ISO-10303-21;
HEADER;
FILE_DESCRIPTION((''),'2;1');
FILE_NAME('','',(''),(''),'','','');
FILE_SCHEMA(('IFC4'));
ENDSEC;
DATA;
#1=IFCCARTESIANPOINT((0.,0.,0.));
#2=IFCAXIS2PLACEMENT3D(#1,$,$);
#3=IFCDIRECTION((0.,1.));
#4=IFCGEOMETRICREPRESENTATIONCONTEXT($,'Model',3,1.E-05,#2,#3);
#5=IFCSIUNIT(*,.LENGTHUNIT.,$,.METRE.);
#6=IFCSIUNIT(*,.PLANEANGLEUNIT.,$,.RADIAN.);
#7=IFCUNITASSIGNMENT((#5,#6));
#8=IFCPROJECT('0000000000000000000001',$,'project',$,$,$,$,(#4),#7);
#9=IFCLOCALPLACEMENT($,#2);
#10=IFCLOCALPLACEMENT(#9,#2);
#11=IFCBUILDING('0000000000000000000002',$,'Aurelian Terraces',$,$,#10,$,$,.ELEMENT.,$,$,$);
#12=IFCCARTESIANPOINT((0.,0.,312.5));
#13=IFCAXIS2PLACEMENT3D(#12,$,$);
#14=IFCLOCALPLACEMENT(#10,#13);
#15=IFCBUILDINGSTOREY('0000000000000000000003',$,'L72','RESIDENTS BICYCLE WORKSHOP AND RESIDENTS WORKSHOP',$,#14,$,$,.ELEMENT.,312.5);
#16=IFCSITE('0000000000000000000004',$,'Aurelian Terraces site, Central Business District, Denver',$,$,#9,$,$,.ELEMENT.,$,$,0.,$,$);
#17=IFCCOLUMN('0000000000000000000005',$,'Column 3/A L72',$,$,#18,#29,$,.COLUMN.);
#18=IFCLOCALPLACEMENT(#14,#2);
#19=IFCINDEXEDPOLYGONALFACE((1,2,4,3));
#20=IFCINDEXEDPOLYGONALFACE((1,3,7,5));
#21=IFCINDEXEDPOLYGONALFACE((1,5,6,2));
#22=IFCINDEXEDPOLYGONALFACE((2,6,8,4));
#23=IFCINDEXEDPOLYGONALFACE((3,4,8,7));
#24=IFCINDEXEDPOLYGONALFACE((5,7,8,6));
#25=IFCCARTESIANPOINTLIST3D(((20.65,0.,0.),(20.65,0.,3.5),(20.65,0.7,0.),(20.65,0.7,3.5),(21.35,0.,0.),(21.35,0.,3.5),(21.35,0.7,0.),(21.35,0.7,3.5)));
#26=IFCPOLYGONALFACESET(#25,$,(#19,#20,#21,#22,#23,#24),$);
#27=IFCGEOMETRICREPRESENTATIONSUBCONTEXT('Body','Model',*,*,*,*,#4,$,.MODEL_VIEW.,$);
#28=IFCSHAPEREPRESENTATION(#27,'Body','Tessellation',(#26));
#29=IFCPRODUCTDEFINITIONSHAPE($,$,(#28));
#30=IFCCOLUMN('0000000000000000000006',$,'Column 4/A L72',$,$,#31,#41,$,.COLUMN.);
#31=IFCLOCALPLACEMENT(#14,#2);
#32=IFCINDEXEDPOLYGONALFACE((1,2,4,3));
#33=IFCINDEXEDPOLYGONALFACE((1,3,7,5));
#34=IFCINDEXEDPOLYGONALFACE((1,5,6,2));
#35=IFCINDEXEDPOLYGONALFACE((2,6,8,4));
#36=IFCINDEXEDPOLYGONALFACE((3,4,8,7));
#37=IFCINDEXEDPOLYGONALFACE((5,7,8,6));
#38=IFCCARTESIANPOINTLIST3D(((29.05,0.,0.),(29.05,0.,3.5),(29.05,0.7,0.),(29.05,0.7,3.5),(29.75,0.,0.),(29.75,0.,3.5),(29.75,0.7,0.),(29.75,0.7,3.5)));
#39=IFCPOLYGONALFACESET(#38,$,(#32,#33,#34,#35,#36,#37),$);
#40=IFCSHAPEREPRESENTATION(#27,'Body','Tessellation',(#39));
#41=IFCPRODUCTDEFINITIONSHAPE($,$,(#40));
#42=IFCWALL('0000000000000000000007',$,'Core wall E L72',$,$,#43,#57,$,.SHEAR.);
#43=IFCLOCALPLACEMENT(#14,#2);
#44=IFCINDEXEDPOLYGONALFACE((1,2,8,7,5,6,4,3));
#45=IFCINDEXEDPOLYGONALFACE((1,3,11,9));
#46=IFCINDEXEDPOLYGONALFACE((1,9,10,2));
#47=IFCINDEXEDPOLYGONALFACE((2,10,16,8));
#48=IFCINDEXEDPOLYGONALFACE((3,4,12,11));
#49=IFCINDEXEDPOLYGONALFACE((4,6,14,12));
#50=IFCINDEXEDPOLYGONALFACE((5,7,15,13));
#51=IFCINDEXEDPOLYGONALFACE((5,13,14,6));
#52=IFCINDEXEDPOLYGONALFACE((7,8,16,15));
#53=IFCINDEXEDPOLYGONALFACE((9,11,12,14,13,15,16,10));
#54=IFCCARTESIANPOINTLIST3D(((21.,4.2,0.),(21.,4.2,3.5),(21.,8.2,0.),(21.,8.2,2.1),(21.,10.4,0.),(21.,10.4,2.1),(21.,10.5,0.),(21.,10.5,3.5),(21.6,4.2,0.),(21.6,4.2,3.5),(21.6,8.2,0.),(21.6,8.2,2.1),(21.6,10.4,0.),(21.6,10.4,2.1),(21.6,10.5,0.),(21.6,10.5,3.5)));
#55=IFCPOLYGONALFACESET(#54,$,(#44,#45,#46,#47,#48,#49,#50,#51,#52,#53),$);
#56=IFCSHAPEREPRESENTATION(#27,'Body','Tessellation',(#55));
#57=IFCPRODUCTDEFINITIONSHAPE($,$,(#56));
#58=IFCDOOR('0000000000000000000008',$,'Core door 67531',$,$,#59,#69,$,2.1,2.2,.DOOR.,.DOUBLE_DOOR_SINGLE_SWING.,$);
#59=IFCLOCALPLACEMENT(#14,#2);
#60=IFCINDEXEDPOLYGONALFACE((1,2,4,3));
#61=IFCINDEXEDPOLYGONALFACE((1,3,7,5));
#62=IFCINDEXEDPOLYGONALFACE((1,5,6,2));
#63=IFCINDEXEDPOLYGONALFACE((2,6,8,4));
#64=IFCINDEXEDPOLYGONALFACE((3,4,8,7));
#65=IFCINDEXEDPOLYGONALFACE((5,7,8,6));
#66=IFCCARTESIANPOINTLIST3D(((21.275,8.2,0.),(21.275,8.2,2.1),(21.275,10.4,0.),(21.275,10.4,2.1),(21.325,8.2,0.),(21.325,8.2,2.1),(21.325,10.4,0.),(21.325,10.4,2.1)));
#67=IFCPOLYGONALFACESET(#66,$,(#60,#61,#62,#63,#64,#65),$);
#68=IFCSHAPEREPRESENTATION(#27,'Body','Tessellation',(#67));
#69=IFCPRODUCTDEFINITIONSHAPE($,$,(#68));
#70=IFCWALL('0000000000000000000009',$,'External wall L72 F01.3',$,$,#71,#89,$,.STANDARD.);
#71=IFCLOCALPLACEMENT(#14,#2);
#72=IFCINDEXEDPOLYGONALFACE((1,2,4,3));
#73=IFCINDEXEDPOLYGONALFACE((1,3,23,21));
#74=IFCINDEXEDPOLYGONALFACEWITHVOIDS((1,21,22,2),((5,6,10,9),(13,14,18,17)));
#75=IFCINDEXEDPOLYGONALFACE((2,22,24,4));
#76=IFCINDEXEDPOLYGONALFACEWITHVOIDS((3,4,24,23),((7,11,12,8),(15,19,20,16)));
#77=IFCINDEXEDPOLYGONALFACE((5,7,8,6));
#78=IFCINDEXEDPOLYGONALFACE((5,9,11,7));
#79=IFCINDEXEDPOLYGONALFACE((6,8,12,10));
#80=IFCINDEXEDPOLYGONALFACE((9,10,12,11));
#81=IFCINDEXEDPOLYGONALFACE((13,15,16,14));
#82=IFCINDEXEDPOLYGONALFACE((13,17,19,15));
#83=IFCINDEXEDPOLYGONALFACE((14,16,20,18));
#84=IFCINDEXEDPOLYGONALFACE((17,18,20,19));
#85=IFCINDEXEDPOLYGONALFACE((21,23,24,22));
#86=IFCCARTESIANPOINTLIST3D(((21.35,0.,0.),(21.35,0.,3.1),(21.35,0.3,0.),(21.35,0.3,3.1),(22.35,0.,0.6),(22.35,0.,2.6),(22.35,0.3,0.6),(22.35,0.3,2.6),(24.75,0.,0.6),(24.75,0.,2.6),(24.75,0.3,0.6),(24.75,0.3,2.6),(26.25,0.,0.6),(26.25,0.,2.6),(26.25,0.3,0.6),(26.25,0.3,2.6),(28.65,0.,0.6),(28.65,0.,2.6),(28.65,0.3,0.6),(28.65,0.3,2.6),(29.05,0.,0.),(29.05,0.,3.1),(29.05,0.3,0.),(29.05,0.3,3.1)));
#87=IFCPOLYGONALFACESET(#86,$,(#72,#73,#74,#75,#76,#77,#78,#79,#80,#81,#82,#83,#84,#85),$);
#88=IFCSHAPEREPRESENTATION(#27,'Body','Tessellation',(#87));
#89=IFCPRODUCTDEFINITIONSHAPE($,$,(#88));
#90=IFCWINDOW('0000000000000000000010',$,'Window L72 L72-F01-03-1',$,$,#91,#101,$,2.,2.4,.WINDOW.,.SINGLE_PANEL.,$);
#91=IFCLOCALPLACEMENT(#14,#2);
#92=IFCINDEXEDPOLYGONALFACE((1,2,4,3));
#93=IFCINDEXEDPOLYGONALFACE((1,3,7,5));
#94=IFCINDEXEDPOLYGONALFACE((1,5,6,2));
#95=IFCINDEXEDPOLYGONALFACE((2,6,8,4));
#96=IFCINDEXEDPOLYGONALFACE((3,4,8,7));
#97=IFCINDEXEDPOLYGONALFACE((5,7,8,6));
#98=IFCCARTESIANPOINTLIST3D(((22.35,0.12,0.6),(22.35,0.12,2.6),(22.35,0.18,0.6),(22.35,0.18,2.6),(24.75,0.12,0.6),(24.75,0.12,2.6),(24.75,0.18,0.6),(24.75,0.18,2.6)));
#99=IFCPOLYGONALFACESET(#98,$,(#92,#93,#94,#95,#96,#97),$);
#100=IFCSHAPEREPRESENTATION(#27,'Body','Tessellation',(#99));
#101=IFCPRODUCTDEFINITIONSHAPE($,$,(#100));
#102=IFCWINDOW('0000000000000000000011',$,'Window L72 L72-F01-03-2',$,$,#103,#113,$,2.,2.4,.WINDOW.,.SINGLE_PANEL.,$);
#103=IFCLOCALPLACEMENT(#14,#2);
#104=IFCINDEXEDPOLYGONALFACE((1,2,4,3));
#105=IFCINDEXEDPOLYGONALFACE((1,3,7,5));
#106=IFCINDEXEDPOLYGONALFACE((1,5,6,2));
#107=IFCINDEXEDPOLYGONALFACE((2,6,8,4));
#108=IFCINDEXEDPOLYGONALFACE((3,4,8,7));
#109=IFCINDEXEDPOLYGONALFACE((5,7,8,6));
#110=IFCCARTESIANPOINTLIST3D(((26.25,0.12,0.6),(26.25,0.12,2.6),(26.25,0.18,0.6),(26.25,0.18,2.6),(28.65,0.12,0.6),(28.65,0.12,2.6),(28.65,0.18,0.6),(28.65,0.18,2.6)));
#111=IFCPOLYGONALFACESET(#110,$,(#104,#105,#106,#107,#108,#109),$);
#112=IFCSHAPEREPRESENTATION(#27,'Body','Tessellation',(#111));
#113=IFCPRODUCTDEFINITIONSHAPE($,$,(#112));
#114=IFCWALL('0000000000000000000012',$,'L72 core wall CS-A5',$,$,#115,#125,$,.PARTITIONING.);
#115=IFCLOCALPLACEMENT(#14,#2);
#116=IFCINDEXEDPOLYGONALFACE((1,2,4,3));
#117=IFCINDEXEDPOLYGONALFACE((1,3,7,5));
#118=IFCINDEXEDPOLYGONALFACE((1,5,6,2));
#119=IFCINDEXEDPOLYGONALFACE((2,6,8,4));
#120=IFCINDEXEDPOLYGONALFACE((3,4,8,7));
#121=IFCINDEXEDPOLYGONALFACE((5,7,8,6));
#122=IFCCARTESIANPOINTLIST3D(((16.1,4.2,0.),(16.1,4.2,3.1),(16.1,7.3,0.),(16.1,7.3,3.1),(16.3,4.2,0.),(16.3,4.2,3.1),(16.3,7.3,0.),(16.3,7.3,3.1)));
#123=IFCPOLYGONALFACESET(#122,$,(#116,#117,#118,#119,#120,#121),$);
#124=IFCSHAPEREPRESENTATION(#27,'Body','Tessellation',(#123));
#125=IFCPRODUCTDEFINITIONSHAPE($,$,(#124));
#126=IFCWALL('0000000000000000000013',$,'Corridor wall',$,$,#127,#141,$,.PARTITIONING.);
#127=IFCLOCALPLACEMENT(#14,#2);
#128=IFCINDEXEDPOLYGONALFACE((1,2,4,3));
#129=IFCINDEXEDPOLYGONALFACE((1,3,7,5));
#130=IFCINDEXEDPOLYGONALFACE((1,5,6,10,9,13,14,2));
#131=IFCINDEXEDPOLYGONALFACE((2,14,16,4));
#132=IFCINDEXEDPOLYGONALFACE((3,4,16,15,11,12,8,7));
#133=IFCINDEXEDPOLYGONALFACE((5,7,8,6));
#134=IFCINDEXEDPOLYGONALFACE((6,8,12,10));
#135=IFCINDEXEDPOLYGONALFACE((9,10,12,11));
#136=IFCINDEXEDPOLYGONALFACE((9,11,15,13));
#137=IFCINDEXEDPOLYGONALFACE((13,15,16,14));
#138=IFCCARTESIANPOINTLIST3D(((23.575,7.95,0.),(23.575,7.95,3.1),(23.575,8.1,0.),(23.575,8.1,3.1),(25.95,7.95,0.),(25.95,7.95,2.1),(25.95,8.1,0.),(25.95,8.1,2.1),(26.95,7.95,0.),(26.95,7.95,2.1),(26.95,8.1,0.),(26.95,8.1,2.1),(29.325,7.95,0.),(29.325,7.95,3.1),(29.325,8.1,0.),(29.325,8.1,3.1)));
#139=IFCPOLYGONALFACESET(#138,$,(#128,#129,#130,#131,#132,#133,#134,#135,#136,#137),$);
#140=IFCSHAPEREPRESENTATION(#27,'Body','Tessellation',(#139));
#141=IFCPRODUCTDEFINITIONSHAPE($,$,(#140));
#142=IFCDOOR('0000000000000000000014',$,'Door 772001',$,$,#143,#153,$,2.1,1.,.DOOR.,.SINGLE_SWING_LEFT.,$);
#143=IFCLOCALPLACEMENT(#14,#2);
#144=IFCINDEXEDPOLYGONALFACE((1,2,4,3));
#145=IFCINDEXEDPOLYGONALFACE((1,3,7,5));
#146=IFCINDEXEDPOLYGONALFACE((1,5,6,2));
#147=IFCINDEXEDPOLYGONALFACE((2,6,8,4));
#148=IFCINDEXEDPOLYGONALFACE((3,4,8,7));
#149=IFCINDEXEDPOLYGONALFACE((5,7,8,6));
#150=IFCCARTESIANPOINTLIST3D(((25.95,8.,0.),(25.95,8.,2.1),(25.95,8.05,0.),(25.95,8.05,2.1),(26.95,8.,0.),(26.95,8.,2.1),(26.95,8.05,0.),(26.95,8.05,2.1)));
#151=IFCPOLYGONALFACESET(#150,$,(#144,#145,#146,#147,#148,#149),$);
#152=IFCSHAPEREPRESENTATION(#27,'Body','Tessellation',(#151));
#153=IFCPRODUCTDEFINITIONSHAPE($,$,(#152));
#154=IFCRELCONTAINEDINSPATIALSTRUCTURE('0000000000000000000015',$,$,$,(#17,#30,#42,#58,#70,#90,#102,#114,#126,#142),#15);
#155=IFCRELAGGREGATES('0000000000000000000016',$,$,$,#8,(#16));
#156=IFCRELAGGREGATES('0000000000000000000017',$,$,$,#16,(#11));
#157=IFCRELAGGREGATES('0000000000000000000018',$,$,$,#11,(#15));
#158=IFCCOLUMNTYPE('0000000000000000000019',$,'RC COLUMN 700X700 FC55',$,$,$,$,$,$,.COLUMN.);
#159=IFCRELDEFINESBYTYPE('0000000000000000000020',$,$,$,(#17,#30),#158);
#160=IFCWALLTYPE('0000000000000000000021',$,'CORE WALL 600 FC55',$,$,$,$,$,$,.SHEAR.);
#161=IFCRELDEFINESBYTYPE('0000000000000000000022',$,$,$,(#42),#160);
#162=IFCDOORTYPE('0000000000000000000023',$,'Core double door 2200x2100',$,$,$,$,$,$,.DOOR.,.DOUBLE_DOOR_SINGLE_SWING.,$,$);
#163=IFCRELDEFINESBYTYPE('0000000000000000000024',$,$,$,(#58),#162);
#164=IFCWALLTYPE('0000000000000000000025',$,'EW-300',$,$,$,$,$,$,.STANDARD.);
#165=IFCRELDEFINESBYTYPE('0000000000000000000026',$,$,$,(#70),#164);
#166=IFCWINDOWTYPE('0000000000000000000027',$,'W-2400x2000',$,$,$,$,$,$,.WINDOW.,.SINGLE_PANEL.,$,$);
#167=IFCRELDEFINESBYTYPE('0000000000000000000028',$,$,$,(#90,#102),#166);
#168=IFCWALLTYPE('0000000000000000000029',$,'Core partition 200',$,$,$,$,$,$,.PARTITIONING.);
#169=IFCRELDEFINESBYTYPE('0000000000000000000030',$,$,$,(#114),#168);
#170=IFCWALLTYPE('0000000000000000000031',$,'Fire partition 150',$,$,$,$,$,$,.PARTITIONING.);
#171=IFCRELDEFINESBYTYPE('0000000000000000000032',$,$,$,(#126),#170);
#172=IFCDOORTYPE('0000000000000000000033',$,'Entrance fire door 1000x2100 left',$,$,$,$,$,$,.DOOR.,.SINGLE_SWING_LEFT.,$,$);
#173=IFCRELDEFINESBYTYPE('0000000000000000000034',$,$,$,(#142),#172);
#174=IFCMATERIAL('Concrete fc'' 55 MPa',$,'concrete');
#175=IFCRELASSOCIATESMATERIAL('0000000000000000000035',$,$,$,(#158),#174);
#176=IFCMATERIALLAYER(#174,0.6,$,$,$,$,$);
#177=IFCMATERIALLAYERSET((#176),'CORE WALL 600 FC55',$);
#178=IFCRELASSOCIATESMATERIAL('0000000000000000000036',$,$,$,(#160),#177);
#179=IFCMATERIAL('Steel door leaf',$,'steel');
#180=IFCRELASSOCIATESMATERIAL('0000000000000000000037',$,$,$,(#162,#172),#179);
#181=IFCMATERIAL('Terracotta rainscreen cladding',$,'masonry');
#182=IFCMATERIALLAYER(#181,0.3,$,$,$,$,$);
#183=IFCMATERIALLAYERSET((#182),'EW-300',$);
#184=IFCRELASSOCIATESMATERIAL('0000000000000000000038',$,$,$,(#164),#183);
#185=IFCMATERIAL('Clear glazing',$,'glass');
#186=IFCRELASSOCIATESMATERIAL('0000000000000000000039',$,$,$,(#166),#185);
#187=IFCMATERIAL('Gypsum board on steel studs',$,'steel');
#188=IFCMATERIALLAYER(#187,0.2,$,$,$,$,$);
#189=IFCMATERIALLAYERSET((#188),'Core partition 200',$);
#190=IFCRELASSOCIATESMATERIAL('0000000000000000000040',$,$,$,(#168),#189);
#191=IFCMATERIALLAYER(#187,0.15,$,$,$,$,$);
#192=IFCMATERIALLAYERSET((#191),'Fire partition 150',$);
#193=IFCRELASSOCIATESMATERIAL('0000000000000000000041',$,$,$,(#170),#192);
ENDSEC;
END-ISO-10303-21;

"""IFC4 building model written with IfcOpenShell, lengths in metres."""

from ifc_helpers import new_model, si_unit, direction, frame, frame_2d, origin, origin_2d, place, context, subcontext, project, spatial, rectangle, extrude, source, transform, mapped, material, layer, layer_set, material_profile, profile_set, type_object, element, fill, save


model = new_model("IFC4")

# Units and contexts
model_context = context("Model", 3, precision=1e-05, world=origin(), true_north=direction((0.0, 1.0)))
body_context = subcontext(model_context, "Body", "Model", "MODEL_VIEW")
ifc_project = project(units=[si_unit("LENGTHUNIT", "METRE"), si_unit("PLANEANGLEUNIT", "RADIAN")], contexts=[model_context])

# Site, building, storey
site_placement = place(None, origin())
site = spatial("IfcSite", under=ifc_project, at=site_placement, Name="Aurelian Terraces site, Central Business District, Denver", CompositionType="ELEMENT", RefElevation=0.0)
building_placement = place(site_placement, origin())
building = spatial("IfcBuilding", under=site, at=building_placement, Name="Aurelian Terraces", CompositionType="ELEMENT")
storey_placement = place(building_placement, frame((0.0, 0.0, 312.5)))
storey = spatial("IfcBuildingStorey", under=building, at=storey_placement, Name="L72", Description="RESIDENTS BICYCLE WORKSHOP AND RESIDENTS WORKSHOP", CompositionType="ELEMENT", Elevation=312.5)

# Columns
ifc_material_1 = material(Name="Concrete fc' 55 MPa", Category="concrete")
ifc_material_profile = material_profile(ifc_material_1, rectangle(XDim=0.7, YDim=0.7, at=origin_2d()))
ifc_profile_set = profile_set([ifc_material_profile], Name="Concrete fc' 55 MPa")
column_type = type_object("IfcColumnType", Name="RC COLUMN 700X700 FC55", PredefinedType="COLUMN", material=ifc_profile_set)
shared_shape_1 = source(origin(), body_context, "Body", "SweptSolid", [
    extrude(rectangle(XDim=0.7, YDim=0.7, at=origin_2d()), origin(), (0.0, 0.0, 1.0), 3.5),
])
for number, where, z_axis, x_axis, name in (
    (1, (21.0, 0.35, 0.0), (0.0, 0.0, 1.0), (1.0, 0.0, 0.0), "Column 3/A L72"),
    (2, (29.4, 0.35, 0.0), (0.0, 0.0, 1.0), (1.0, 0.0, 0.0), "Column 4/A L72"),
):
    element("IfcColumn", number, at=place(storey_placement, frame(where, z_axis=z_axis, x_axis=x_axis)), inside=storey, type_object=column_type, Name=name, PredefinedType="COLUMN", context=body_context, shape_type="MappedRepresentation", body=[
        mapped(shared_shape_1, transform((0.0, 0.0, 0.0), scale=1.0)),
    ])

# Wall, opening, door
ifc_layer_1 = layer(ifc_material_1, 0.6)
ifc_layer_set_1 = layer_set([ifc_layer_1], Name="CORE WALL 600 FC55")
wall_type_1 = type_object("IfcWallType", Name="CORE WALL 600 FC55", PredefinedType="SHEAR", material=ifc_layer_set_1)
shared_shape_2 = source(origin(), body_context, "Body", "SweptSolid", [
    extrude(rectangle(XDim=6.3, YDim=0.6, at=frame_2d((3.15, 0.0))), origin(), (0.0, 0.0, 1.0), 3.5),
])
wall_1_placement = place(storey_placement, frame((21.3, 4.2, 0.0), z_axis=(0.0, 0.0, 1.0), x_axis=(0.0, 1.0, 0.0)))
wall_1 = element("IfcWall", 3, at=wall_1_placement, inside=storey, type_object=wall_type_1, Name="Core wall E L72", PredefinedType="SHEAR", context=body_context, shape_type="MappedRepresentation", body=[
    mapped(shared_shape_2, transform((0.0, 0.0, 0.0), scale=1.0)),
])
shared_shape_3 = source(origin(), body_context, "Body", "SweptSolid", [
    extrude(rectangle(XDim=2.2, YDim=2.1, at=frame_2d((1.1, 1.05))), frame((0.0, 0.31, 0.0), z_axis=(0.0, -1.0, 0.0), x_axis=(1.0, 0.0, 0.0)), (0.0, 0.0, 1.0), 0.62),
])
opening_1_placement = place(wall_1_placement, frame((4.0, 0.0, 0.0)))
opening_1 = element("IfcOpeningElement", 4, at=opening_1_placement, cuts=wall_1, PredefinedType="OPENING", context=body_context, shape_type="MappedRepresentation", body=[
    mapped(shared_shape_3, transform((0.0, 0.0, 0.0), scale=1.0)),
])
ifc_material_2 = material(Name="Steel door leaf", Category="steel")
door_type_1 = type_object("IfcDoorType", Name="Core double door 2200x2100", OperationType="DOUBLE_DOOR_SINGLE_SWING", PredefinedType="DOOR", material=ifc_material_2)
shared_shape_4 = source(origin(), body_context, "Body", "SweptSolid", [
    extrude(rectangle(XDim=2.2, YDim=2.1, at=frame_2d((1.1, 1.05))), frame((0.0, 0.025, 0.0), z_axis=(0.0, -1.0, 0.0), x_axis=(1.0, 0.0, 0.0)), (0.0, 0.0, 1.0), 0.05),
])
door_1_placement = place(opening_1_placement, origin())
door_1 = element("IfcDoor", 5, at=door_1_placement, inside=storey, type_object=door_type_1, Name="Core door 67531", OperationType="DOUBLE_DOOR_SINGLE_SWING", OverallHeight=2.1, OverallWidth=2.2, PredefinedType="DOOR", context=body_context, shape_type="MappedRepresentation", body=[
    mapped(shared_shape_4, transform((0.0, 0.0, 0.0), scale=1.0)),
])
fill(opening_1, door_1)

# Wall, openings, windows
ifc_material_3 = material(Name="Terracotta rainscreen cladding", Category="masonry")
ifc_layer_2 = layer(ifc_material_3, 0.3)
ifc_layer_set_2 = layer_set([ifc_layer_2], Name="EW-300")
wall_type_2 = type_object("IfcWallType", Name="EW-300", PredefinedType="STANDARD", material=ifc_layer_set_2)
shared_shape_5 = source(origin(), body_context, "Body", "SweptSolid", [
    extrude(rectangle(XDim=7.7, YDim=0.3, at=frame_2d((3.85, 0.0))), origin(), (0.0, 0.0, 1.0), 3.1),
])
wall_2_placement = place(storey_placement, frame((21.35, 0.15, 0.0), z_axis=(0.0, 0.0, 1.0), x_axis=(1.0, 0.0, 0.0)))
wall_2 = element("IfcWall", 6, at=wall_2_placement, inside=storey, type_object=wall_type_2, Name="External wall L72 F01.3", PredefinedType="STANDARD", context=body_context, shape_type="MappedRepresentation", body=[
    mapped(shared_shape_5, transform((0.0, 0.0, 0.0), scale=1.0)),
])
shared_shape_6 = source(origin(), body_context, "Body", "SweptSolid", [
    extrude(rectangle(XDim=2.4, YDim=2.0, at=frame_2d((1.2, 1.0))), frame((0.0, 0.16, 0.0), z_axis=(0.0, -1.0, 0.0), x_axis=(1.0, 0.0, 0.0)), (0.0, 0.0, 1.0), 0.32),
])
opening_2_placement = place(wall_2_placement, frame((1.0, 0.0, 0.6)))
opening_2 = element("IfcOpeningElement", 7, at=opening_2_placement, cuts=wall_2, PredefinedType="OPENING", context=body_context, shape_type="MappedRepresentation", body=[
    mapped(shared_shape_6, transform((0.0, 0.0, 0.0), scale=1.0)),
])
opening_3_placement = place(wall_2_placement, frame((4.9, 0.0, 0.6)))
opening_3 = element("IfcOpeningElement", 8, at=opening_3_placement, cuts=wall_2, PredefinedType="OPENING", context=body_context, shape_type="MappedRepresentation", body=[
    mapped(shared_shape_6, transform((0.0, 0.0, 0.0), scale=1.0)),
])
ifc_material_4 = material(Name="Clear glazing", Category="glass")
window_type = type_object("IfcWindowType", Name="W-2400x2000", PartitioningType="SINGLE_PANEL", PredefinedType="WINDOW", material=ifc_material_4)
shared_shape_7 = source(origin(), body_context, "Body", "SweptSolid", [
    extrude(rectangle(XDim=2.4, YDim=2.0, at=frame_2d((1.2, 1.0))), frame((0.0, 0.03, 0.0), z_axis=(0.0, -1.0, 0.0), x_axis=(1.0, 0.0, 0.0)), (0.0, 0.0, 1.0), 0.06),
])
window_1_placement = place(opening_2_placement, origin())
window_1 = element("IfcWindow", 9, at=window_1_placement, inside=storey, type_object=window_type, Name="Window L72 L72-F01-03-1", OverallHeight=2.0, OverallWidth=2.4, PartitioningType="SINGLE_PANEL", PredefinedType="WINDOW", context=body_context, shape_type="MappedRepresentation", body=[
    mapped(shared_shape_7, transform((0.0, 0.0, 0.0), scale=1.0)),
])
fill(opening_2, window_1)
window_2_placement = place(opening_3_placement, origin())
window_2 = element("IfcWindow", 10, at=window_2_placement, inside=storey, type_object=window_type, Name="Window L72 L72-F01-03-2", OverallHeight=2.0, OverallWidth=2.4, PartitioningType="SINGLE_PANEL", PredefinedType="WINDOW", context=body_context, shape_type="MappedRepresentation", body=[
    mapped(shared_shape_7, transform((0.0, 0.0, 0.0), scale=1.0)),
])
fill(opening_3, window_2)

# Wall
ifc_material_5 = material(Name="Gypsum board on steel studs", Category="steel")
ifc_layer_3 = layer(ifc_material_5, 0.2)
ifc_layer_set_3 = layer_set([ifc_layer_3], Name="Core partition 200")
wall_type_3 = type_object("IfcWallType", Name="Core partition 200", PredefinedType="PARTITIONING", material=ifc_layer_set_3)
shared_shape_8 = source(origin(), body_context, "Body", "SweptSolid", [
    extrude(rectangle(XDim=3.1, YDim=0.2, at=frame_2d((1.55, 0.0))), origin(), (0.0, 0.0, 1.0), 3.1),
])
wall_3_placement = place(storey_placement, frame((16.2, 4.2, 0.0), z_axis=(0.0, 0.0, 1.0), x_axis=(0.0, 1.0, 0.0)))
element("IfcWall", 11, at=wall_3_placement, inside=storey, type_object=wall_type_3, Name="L72 core wall CS-A5", PredefinedType="PARTITIONING", context=body_context, shape_type="MappedRepresentation", body=[
    mapped(shared_shape_8, transform((0.0, 0.0, 0.0), scale=1.0)),
])

# Wall, opening, door
ifc_layer_4 = layer(ifc_material_5, 0.15)
ifc_layer_set_4 = layer_set([ifc_layer_4], Name="Fire partition 150")
wall_type_4 = type_object("IfcWallType", Name="Fire partition 150", PredefinedType="PARTITIONING", material=ifc_layer_set_4)
shared_shape_9 = source(origin(), body_context, "Body", "SweptSolid", [
    extrude(rectangle(XDim=5.75, YDim=0.15, at=frame_2d((2.875, 0.0))), origin(), (0.0, 0.0, 1.0), 3.1),
])
wall_4_placement = place(storey_placement, frame((29.325, 8.025, 0.0), z_axis=(0.0, 0.0, 1.0), x_axis=(-1.0, 0.0, 0.0)))
wall_4 = element("IfcWall", 12, at=wall_4_placement, inside=storey, type_object=wall_type_4, Name="Corridor wall", PredefinedType="PARTITIONING", context=body_context, shape_type="MappedRepresentation", body=[
    mapped(shared_shape_9, transform((0.0, 0.0, 0.0), scale=1.0)),
])
shared_shape_10 = source(origin(), body_context, "Body", "SweptSolid", [
    extrude(rectangle(XDim=1.0, YDim=2.1, at=frame_2d((0.5, 1.05))), frame((0.0, 0.085, 0.0), z_axis=(0.0, -1.0, 0.0), x_axis=(1.0, 0.0, 0.0)), (0.0, 0.0, 1.0), 0.17),
])
opening_4_placement = place(wall_4_placement, frame((2.375, 0.0, 0.0)))
opening_4 = element("IfcOpeningElement", 13, at=opening_4_placement, cuts=wall_4, PredefinedType="OPENING", context=body_context, shape_type="MappedRepresentation", body=[
    mapped(shared_shape_10, transform((0.0, 0.0, 0.0), scale=1.0)),
])
door_type_2 = type_object("IfcDoorType", Name="Entrance fire door 1000x2100 left", OperationType="SINGLE_SWING_LEFT", PredefinedType="DOOR", material=ifc_material_2)
shared_shape_11 = source(origin(), body_context, "Body", "SweptSolid", [
    extrude(rectangle(XDim=1.0, YDim=2.1, at=frame_2d((0.5, 1.05))), frame((0.0, 0.025, 0.0), z_axis=(0.0, -1.0, 0.0), x_axis=(1.0, 0.0, 0.0)), (0.0, 0.0, 1.0), 0.05),
])
door_2_placement = place(opening_4_placement, origin())
door_2 = element("IfcDoor", 14, at=door_2_placement, inside=storey, type_object=door_type_2, Name="Door 772001", OperationType="SINGLE_SWING_LEFT", OverallHeight=2.1, OverallWidth=1.0, PredefinedType="DOOR", context=body_context, shape_type="MappedRepresentation", body=[
    mapped(shared_shape_11, transform((0.0, 0.0, 0.0), scale=1.0)),
])
fill(opening_4, door_2)

save(model, "model.ifc")
